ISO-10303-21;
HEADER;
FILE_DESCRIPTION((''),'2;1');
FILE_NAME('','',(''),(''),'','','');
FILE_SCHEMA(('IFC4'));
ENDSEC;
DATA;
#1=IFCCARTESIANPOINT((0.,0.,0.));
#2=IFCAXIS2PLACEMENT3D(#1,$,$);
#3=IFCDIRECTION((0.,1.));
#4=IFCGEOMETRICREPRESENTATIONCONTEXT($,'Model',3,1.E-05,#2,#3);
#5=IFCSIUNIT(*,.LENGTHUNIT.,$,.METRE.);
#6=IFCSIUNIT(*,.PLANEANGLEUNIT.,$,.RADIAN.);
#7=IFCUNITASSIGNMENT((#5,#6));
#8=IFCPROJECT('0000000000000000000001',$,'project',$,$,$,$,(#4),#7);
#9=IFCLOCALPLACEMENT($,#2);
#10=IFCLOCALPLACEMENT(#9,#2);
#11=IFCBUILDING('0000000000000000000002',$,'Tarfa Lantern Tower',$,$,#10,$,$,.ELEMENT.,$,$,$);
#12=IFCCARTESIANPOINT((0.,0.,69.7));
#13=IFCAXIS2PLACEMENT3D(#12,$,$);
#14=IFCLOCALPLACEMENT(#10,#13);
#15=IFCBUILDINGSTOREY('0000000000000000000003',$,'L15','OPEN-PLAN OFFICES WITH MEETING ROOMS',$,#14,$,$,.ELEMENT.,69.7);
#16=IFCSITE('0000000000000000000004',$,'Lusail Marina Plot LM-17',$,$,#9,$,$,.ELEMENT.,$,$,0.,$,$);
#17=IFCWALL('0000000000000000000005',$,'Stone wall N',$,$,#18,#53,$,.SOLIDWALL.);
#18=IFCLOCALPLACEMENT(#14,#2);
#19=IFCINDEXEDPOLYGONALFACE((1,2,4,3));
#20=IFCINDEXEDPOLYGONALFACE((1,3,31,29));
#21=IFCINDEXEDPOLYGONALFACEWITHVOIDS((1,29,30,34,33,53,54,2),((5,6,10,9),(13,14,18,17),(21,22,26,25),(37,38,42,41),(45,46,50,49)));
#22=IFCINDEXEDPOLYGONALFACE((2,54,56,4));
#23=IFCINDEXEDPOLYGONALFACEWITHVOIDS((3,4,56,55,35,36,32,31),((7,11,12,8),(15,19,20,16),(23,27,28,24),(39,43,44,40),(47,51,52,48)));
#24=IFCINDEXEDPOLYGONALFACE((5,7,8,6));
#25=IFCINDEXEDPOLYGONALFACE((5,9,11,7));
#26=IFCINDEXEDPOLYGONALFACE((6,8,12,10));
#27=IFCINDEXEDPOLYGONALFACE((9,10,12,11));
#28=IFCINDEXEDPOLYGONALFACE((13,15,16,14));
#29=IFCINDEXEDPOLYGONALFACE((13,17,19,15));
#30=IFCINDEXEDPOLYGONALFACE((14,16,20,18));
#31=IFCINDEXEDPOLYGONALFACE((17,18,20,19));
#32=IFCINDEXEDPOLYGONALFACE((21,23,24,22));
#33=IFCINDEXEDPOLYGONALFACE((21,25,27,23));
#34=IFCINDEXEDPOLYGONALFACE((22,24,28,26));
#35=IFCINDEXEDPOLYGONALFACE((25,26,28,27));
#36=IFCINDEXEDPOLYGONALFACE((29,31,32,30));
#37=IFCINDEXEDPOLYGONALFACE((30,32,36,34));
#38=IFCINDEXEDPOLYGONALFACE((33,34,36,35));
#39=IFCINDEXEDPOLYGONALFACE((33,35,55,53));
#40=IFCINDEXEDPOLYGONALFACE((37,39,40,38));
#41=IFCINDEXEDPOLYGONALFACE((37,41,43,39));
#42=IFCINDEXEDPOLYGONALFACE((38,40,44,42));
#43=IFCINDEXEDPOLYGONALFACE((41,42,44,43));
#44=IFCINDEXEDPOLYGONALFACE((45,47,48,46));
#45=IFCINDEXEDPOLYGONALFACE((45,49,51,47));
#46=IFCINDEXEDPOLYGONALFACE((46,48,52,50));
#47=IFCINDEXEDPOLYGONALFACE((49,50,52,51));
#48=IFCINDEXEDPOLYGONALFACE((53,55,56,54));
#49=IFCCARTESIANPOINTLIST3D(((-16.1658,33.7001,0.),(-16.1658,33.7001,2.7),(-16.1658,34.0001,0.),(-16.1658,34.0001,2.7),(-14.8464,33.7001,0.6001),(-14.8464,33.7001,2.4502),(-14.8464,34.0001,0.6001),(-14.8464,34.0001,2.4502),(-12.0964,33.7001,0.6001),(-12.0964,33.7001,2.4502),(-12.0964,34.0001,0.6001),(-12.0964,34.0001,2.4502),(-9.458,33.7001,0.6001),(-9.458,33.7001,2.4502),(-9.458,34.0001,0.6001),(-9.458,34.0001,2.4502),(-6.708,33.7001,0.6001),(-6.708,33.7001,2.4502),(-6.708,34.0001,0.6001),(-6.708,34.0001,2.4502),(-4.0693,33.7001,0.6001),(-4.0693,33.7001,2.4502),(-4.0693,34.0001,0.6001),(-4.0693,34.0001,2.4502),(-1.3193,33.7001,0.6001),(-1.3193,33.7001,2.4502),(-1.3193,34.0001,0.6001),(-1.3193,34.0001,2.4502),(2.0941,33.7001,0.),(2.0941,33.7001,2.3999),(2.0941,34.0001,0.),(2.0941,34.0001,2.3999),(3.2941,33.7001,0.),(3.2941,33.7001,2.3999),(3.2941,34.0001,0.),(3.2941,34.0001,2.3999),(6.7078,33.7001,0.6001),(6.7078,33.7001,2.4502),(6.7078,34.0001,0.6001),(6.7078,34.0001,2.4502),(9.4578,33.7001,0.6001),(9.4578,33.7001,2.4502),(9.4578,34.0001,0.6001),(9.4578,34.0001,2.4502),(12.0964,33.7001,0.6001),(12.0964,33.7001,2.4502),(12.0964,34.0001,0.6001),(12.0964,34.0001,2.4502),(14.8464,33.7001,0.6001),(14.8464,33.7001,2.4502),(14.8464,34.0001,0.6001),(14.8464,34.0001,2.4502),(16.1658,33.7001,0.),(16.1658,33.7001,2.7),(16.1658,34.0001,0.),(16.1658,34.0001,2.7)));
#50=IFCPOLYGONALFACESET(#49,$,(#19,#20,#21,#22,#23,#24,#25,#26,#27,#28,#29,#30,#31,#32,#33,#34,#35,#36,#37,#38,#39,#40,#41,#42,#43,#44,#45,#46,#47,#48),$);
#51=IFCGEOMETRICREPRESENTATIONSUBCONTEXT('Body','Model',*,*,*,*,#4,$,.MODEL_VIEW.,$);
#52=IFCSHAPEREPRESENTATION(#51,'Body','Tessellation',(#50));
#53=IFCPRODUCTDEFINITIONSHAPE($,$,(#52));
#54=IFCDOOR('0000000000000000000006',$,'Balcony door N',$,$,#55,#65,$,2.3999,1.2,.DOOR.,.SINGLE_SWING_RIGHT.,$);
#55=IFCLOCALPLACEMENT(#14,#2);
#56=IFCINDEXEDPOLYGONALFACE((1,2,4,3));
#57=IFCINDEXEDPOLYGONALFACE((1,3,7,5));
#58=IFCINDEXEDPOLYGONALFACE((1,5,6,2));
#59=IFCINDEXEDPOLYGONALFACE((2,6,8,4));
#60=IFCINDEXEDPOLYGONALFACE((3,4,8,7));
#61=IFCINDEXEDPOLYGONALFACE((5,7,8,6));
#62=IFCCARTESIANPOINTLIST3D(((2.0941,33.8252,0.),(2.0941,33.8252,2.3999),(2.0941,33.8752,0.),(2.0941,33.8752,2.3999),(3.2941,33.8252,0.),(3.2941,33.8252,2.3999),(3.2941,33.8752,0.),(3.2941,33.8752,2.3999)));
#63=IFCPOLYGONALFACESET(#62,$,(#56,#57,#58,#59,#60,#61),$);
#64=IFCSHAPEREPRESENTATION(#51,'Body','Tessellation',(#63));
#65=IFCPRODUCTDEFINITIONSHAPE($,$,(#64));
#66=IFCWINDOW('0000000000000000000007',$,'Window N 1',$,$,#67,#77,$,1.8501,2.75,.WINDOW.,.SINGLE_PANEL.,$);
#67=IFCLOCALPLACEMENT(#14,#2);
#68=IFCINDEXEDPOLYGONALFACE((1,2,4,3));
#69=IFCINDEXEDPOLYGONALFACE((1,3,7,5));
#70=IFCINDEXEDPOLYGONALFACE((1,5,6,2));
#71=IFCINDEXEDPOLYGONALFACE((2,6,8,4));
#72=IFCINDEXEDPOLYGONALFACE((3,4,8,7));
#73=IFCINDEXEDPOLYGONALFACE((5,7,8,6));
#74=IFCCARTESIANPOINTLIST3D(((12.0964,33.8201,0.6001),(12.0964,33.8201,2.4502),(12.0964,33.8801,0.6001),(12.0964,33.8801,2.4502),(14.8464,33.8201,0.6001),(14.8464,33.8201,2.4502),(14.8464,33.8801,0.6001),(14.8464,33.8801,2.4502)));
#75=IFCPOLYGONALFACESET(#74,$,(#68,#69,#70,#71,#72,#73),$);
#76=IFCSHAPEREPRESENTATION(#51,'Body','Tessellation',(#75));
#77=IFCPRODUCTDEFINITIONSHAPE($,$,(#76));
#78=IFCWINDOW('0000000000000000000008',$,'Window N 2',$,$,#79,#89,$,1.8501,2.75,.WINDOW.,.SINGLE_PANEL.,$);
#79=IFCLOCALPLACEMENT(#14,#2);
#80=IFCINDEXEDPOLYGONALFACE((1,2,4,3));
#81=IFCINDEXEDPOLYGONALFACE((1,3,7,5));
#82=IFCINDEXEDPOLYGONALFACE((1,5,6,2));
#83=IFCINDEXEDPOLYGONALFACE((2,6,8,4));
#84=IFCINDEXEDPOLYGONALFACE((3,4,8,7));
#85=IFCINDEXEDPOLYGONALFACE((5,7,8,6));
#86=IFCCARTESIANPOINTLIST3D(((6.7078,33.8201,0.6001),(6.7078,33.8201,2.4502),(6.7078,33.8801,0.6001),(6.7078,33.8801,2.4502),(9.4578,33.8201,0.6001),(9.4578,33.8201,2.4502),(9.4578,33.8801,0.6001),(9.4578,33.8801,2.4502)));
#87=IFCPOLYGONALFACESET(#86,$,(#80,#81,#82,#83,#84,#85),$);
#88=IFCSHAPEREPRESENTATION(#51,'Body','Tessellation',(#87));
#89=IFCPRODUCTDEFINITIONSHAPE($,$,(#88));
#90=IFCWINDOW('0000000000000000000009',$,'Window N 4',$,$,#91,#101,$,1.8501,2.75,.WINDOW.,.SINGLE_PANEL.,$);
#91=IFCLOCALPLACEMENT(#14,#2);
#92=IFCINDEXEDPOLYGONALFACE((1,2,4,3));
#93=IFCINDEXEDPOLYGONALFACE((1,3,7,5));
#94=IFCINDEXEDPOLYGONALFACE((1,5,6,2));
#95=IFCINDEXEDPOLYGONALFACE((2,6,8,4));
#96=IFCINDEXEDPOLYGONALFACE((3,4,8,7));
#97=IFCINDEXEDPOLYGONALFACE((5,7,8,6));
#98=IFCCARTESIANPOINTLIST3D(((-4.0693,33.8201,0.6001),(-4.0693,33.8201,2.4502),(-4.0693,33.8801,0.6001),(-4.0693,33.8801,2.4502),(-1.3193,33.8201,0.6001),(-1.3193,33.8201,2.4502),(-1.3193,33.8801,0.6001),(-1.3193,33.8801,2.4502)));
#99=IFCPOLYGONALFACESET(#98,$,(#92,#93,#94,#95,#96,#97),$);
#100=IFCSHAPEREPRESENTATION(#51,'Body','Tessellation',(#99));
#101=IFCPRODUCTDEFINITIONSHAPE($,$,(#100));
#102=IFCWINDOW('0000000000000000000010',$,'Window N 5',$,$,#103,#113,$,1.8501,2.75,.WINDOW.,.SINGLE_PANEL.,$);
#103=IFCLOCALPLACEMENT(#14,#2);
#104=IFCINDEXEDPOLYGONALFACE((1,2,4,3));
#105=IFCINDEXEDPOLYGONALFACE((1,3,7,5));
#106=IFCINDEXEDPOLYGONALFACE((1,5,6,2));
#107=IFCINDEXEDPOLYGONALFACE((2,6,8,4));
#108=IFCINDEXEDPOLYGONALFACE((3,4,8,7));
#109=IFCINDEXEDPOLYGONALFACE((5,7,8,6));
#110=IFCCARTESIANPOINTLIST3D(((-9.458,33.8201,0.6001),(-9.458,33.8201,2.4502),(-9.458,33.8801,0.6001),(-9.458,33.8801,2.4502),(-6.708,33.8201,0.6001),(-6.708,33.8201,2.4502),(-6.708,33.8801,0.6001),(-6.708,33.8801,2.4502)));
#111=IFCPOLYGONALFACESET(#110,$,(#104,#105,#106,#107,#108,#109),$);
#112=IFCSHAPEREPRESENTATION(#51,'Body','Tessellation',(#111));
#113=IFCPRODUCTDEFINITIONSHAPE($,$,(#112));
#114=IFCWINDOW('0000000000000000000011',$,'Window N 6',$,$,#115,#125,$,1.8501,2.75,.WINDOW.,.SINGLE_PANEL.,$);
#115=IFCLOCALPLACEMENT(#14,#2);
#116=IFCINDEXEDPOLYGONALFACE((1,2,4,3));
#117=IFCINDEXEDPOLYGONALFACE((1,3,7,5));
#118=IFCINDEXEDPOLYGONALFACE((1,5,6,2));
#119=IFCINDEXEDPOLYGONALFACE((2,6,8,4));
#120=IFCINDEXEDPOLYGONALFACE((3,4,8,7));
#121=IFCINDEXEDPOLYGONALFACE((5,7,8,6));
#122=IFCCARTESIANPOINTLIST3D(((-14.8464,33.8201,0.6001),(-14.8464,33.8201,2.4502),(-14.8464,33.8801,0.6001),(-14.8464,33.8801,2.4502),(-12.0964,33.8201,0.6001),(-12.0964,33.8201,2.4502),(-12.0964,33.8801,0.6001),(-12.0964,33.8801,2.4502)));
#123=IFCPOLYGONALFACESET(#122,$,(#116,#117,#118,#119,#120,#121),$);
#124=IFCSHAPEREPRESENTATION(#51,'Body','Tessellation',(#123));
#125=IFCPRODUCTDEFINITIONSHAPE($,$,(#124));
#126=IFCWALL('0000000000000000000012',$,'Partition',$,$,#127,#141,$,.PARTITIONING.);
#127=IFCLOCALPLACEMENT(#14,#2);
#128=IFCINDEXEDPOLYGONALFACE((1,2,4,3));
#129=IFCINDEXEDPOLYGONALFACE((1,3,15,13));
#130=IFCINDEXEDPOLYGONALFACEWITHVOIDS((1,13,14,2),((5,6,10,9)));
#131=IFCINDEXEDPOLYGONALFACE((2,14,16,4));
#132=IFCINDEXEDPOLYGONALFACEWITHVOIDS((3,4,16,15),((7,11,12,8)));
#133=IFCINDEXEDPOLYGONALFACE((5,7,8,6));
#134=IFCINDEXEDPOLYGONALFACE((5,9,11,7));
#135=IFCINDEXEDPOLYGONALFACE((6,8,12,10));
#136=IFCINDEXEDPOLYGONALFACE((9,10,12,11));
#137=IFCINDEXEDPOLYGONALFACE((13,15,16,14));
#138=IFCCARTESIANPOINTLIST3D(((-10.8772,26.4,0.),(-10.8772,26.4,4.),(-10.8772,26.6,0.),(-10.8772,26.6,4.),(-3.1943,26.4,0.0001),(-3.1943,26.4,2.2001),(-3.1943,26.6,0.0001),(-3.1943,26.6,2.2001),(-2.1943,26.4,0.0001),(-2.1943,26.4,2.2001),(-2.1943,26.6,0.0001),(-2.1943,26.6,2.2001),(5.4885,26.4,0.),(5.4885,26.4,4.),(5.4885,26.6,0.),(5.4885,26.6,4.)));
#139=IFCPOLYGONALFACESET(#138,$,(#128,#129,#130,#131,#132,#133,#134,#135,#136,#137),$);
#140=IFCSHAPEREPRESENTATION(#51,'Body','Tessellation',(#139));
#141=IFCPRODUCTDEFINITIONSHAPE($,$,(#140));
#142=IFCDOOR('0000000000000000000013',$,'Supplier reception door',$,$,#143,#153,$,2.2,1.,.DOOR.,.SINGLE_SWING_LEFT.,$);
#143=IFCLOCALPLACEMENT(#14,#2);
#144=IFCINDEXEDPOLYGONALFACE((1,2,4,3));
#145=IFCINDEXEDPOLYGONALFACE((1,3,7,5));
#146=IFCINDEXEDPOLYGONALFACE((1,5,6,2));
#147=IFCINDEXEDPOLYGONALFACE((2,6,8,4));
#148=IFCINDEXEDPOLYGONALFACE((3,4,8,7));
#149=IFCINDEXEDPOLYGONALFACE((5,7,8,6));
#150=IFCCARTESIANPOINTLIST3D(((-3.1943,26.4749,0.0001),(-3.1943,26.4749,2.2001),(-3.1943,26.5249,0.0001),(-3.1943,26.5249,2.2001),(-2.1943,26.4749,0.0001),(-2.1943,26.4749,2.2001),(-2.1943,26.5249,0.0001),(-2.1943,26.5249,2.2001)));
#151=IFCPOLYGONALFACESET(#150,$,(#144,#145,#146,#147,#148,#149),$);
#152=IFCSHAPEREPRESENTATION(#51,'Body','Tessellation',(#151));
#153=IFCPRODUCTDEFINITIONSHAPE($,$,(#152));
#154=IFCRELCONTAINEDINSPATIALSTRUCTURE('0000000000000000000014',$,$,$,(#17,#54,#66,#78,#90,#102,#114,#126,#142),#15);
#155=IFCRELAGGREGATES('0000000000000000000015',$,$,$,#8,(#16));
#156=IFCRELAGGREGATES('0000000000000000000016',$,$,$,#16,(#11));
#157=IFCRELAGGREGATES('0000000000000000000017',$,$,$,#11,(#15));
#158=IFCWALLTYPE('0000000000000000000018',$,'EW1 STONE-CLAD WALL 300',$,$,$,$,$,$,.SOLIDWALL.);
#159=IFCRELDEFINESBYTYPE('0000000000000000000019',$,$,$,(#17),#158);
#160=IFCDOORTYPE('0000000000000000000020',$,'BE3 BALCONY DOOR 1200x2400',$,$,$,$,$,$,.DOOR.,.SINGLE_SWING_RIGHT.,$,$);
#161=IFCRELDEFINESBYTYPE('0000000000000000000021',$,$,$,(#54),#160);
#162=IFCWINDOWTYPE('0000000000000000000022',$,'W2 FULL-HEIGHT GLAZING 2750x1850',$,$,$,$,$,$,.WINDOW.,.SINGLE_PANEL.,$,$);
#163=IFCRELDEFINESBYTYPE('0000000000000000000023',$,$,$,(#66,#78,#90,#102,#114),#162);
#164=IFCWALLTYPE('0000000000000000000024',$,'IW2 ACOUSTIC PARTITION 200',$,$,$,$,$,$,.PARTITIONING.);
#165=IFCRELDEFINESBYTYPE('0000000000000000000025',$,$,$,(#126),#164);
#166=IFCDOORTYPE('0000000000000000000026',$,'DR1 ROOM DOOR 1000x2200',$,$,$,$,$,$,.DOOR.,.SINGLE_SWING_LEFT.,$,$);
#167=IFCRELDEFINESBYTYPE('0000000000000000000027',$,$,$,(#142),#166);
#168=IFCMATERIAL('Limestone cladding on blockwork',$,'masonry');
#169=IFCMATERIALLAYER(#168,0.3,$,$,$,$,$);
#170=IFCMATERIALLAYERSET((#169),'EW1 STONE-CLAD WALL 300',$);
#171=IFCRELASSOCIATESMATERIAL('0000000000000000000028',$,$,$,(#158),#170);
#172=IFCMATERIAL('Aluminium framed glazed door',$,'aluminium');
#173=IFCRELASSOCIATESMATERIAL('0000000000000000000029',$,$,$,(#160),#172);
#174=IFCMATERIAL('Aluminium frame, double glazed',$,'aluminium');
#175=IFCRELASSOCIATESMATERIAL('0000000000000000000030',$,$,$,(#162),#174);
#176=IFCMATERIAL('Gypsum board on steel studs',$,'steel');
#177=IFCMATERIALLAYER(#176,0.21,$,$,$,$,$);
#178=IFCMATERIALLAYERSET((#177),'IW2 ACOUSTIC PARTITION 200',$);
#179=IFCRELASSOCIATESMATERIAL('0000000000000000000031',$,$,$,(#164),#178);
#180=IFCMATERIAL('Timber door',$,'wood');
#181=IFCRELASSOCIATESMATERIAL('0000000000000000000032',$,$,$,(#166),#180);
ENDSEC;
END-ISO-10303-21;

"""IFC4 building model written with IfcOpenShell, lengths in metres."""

from ifc_helpers import new_model, si_unit, direction, frame, frame_2d, origin, place, context, subcontext, project, spatial, rectangle, extrude, material, layer, layer_set, type_object, element, fill, save


model = new_model("IFC4")

# Units and contexts
model_context = context("Model", 3, precision=1e-05, world=origin(), true_north=direction((0.0, 1.0)))
body_context = subcontext(model_context, "Body", "Model", "MODEL_VIEW")
ifc_project = project(units=[si_unit("LENGTHUNIT", "METRE"), si_unit("PLANEANGLEUNIT", "RADIAN")], contexts=[model_context])

# Site, building, storey
site_placement = place(None, origin())
site = spatial("IfcSite", under=ifc_project, at=site_placement, Name="Lusail Marina Plot LM-17", CompositionType="ELEMENT", RefElevation=0.0)
building_placement = place(site_placement, origin())
building = spatial("IfcBuilding", under=site, at=building_placement, Name="Tarfa Lantern Tower", CompositionType="ELEMENT")
storey_placement = place(building_placement, frame((0.0, 0.0, 69.7)))
storey = spatial("IfcBuildingStorey", under=building, at=storey_placement, Name="L15", Description="OPEN-PLAN OFFICES WITH MEETING ROOMS", CompositionType="ELEMENT", Elevation=69.7)

# Wall, openings, door, windows
ifc_material_1 = material(Name="Limestone cladding on blockwork", Category="masonry")
ifc_layer_1 = layer(ifc_material_1, 0.3)
ifc_layer_set_1 = layer_set([ifc_layer_1], Name="EW1 STONE-CLAD WALL 300")
wall_type_1 = type_object("IfcWallType", Name="EW1 STONE-CLAD WALL 300", PredefinedType="SOLIDWALL", material=ifc_layer_set_1)
wall_1_placement = place(storey_placement, frame((16.1658, 33.8501, 0.0), z_axis=(0.0, 0.0, 1.0), x_axis=(-1.0, 0.0, 0.0)))
wall_1 = element("IfcWall", 1, at=wall_1_placement, inside=storey, type_object=wall_type_1, Name="Stone wall N", PredefinedType="SOLIDWALL", context=body_context, shape_type="SweptSolid", body=[
    extrude(rectangle(XDim=32.3315, YDim=0.3, at=frame_2d((16.1658, 0.0))), origin(), (0.0, 0.0, 1.0), 2.7),
])
opening_1_placement = place(wall_1_placement, frame((1.3193, 0.0, 0.6001)))
opening_1 = element("IfcOpeningElement", 2, at=opening_1_placement, cuts=wall_1, PredefinedType="OPENING", context=body_context, shape_type="SweptSolid", body=[
    extrude(rectangle(XDim=2.75, YDim=1.8501, at=frame_2d((1.375, 0.925))), frame((0.0, 0.1599, 0.0), z_axis=(0.0, -1.0, 0.0), x_axis=(1.0, 0.0, 0.0)), (0.0, 0.0, 1.0), 0.3201),
])
opening_2_placement = place(wall_1_placement, frame((6.708, 0.0, 0.6001)))
opening_2 = element("IfcOpeningElement", 3, at=opening_2_placement, cuts=wall_1, PredefinedType="OPENING", context=body_context, shape_type="SweptSolid", body=[
    extrude(rectangle(XDim=2.75, YDim=1.8501, at=frame_2d((1.375, 0.925))), frame((0.0, 0.1599, 0.0), z_axis=(0.0, -1.0, 0.0), x_axis=(1.0, 0.0, 0.0)), (0.0, 0.0, 1.0), 0.3201),
])
opening_3_placement = place(wall_1_placement, frame((12.8716, 0.0, 0.0)))
opening_3 = element("IfcOpeningElement", 4, at=opening_3_placement, cuts=wall_1, PredefinedType="OPENING", context=body_context, shape_type="SweptSolid", body=[
    extrude(rectangle(XDim=1.2, YDim=2.3999, at=frame_2d((0.6001, 1.2))), frame((0.0, 0.1599, 0.0), z_axis=(0.0, -1.0, 0.0), x_axis=(1.0, 0.0, 0.0)), (0.0, 0.0, 1.0), 0.3201),
])
opening_4_placement = place(wall_1_placement, frame((17.4851, 0.0, 0.6001)))
opening_4 = element("IfcOpeningElement", 5, at=opening_4_placement, cuts=wall_1, PredefinedType="OPENING", context=body_context, shape_type="SweptSolid", body=[
    extrude(rectangle(XDim=2.75, YDim=1.8501, at=frame_2d((1.375, 0.925))), frame((0.0, 0.1599, 0.0), z_axis=(0.0, -1.0, 0.0), x_axis=(1.0, 0.0, 0.0)), (0.0, 0.0, 1.0), 0.3201),
])
opening_5_placement = place(wall_1_placement, frame((22.8738, 0.0, 0.6001)))
opening_5 = element("IfcOpeningElement", 6, at=opening_5_placement, cuts=wall_1, PredefinedType="OPENING", context=body_context, shape_type="SweptSolid", body=[
    extrude(rectangle(XDim=2.75, YDim=1.8501, at=frame_2d((1.375, 0.925))), frame((0.0, 0.1599, 0.0), z_axis=(0.0, -1.0, 0.0), x_axis=(1.0, 0.0, 0.0)), (0.0, 0.0, 1.0), 0.3201),
])
opening_6_placement = place(wall_1_placement, frame((28.2622, 0.0, 0.6001)))
opening_6 = element("IfcOpeningElement", 7, at=opening_6_placement, cuts=wall_1, PredefinedType="OPENING", context=body_context, shape_type="SweptSolid", body=[
    extrude(rectangle(XDim=2.75, YDim=1.8501, at=frame_2d((1.375, 0.925))), frame((0.0, 0.1599, 0.0), z_axis=(0.0, -1.0, 0.0), x_axis=(1.0, 0.0, 0.0)), (0.0, 0.0, 1.0), 0.3201),
])
ifc_material_2 = material(Name="Aluminium framed glazed door", Category="aluminium")
door_type_1 = type_object("IfcDoorType", Name="BE3 BALCONY DOOR 1200x2400", OperationType="SINGLE_SWING_RIGHT", PredefinedType="DOOR", material=ifc_material_2)
door_1_placement = place(opening_3_placement, origin())
door_1 = element("IfcDoor", 8, at=door_1_placement, inside=storey, type_object=door_type_1, Name="Balcony door N", OperationType="SINGLE_SWING_RIGHT", OverallHeight=2.3999, OverallWidth=1.2, PredefinedType="DOOR", context=body_context, shape_type="SweptSolid", body=[
    extrude(rectangle(XDim=1.2, YDim=2.3999, at=frame_2d((0.6001, 1.2))), frame((0.0, 0.0249, 0.0), z_axis=(0.0, -1.0, 0.0), x_axis=(1.0, 0.0, 0.0)), (0.0, 0.0, 1.0), 0.05),
])
fill(opening_3, door_1)
ifc_material_3 = material(Name="Aluminium frame, double glazed", Category="aluminium")
window_type = type_object("IfcWindowType", Name="W2 FULL-HEIGHT GLAZING 2750x1850", PartitioningType="SINGLE_PANEL", PredefinedType="WINDOW", material=ifc_material_3)
window_1_placement = place(opening_1_placement, origin())
window_1 = element("IfcWindow", 9, at=window_1_placement, inside=storey, type_object=window_type, Name="Window N 1", OverallHeight=1.8501, OverallWidth=2.75, PartitioningType="SINGLE_PANEL", PredefinedType="WINDOW", context=body_context, shape_type="SweptSolid", body=[
    extrude(rectangle(XDim=2.75, YDim=1.8501, at=frame_2d((1.375, 0.925))), frame((0.0, 0.03, 0.0), z_axis=(0.0, -1.0, 0.0), x_axis=(1.0, 0.0, 0.0)), (0.0, 0.0, 1.0), 0.0601),
])
fill(opening_1, window_1)
window_2_placement = place(opening_2_placement, origin())
window_2 = element("IfcWindow", 10, at=window_2_placement, inside=storey, type_object=window_type, Name="Window N 2", OverallHeight=1.8501, OverallWidth=2.75, PartitioningType="SINGLE_PANEL", PredefinedType="WINDOW", context=body_context, shape_type="SweptSolid", body=[
    extrude(rectangle(XDim=2.75, YDim=1.8501, at=frame_2d((1.375, 0.925))), frame((0.0, 0.03, 0.0), z_axis=(0.0, -1.0, 0.0), x_axis=(1.0, 0.0, 0.0)), (0.0, 0.0, 1.0), 0.0601),
])
fill(opening_2, window_2)
window_3_placement = place(opening_4_placement, origin())
window_3 = element("IfcWindow", 11, at=window_3_placement, inside=storey, type_object=window_type, Name="Window N 4", OverallHeight=1.8501, OverallWidth=2.75, PartitioningType="SINGLE_PANEL", PredefinedType="WINDOW", context=body_context, shape_type="SweptSolid", body=[
    extrude(rectangle(XDim=2.75, YDim=1.8501, at=frame_2d((1.375, 0.925))), frame((0.0, 0.03, 0.0), z_axis=(0.0, -1.0, 0.0), x_axis=(1.0, 0.0, 0.0)), (0.0, 0.0, 1.0), 0.0601),
])
fill(opening_4, window_3)
window_4_placement = place(opening_5_placement, origin())
window_4 = element("IfcWindow", 12, at=window_4_placement, inside=storey, type_object=window_type, Name="Window N 5", OverallHeight=1.8501, OverallWidth=2.75, PartitioningType="SINGLE_PANEL", PredefinedType="WINDOW", context=body_context, shape_type="SweptSolid", body=[
    extrude(rectangle(XDim=2.75, YDim=1.8501, at=frame_2d((1.375, 0.925))), frame((0.0, 0.03, 0.0), z_axis=(0.0, -1.0, 0.0), x_axis=(1.0, 0.0, 0.0)), (0.0, 0.0, 1.0), 0.0601),
])
fill(opening_5, window_4)
window_5_placement = place(opening_6_placement, origin())
window_5 = element("IfcWindow", 13, at=window_5_placement, inside=storey, type_object=window_type, Name="Window N 6", OverallHeight=1.8501, OverallWidth=2.75, PartitioningType="SINGLE_PANEL", PredefinedType="WINDOW", context=body_context, shape_type="SweptSolid", body=[
    extrude(rectangle(XDim=2.75, YDim=1.8501, at=frame_2d((1.375, 0.925))), frame((0.0, 0.03, 0.0), z_axis=(0.0, -1.0, 0.0), x_axis=(1.0, 0.0, 0.0)), (0.0, 0.0, 1.0), 0.0601),
])
fill(opening_6, window_5)

# Wall, opening, door
ifc_material_4 = material(Name="Gypsum board on steel studs", Category="steel")
ifc_layer_2 = layer(ifc_material_4, 0.21)
ifc_layer_set_2 = layer_set([ifc_layer_2], Name="IW2 ACOUSTIC PARTITION 200")
wall_type_2 = type_object("IfcWallType", Name="IW2 ACOUSTIC PARTITION 200", PredefinedType="PARTITIONING", material=ifc_layer_set_2)
wall_2_placement = place(storey_placement, frame((5.4885, 26.5, 0.0), z_axis=(0.0, 0.0, 1.0), x_axis=(-1.0, 0.0, 0.0)))
wall_2 = element("IfcWall", 14, at=wall_2_placement, inside=storey, type_object=wall_type_2, Name="Partition", PredefinedType="PARTITIONING", context=body_context, shape_type="SweptSolid", body=[
    extrude(rectangle(XDim=16.3657, YDim=0.2, at=frame_2d((8.1829, 0.0))), origin(), (0.0, 0.0, 1.0), 4.0),
])
opening_7_placement = place(wall_2_placement, frame((7.6829, 0.0, 0.0)))
opening_7 = element("IfcOpeningElement", 15, at=opening_7_placement, cuts=wall_2, PredefinedType="OPENING", context=body_context, shape_type="SweptSolid", body=[
    extrude(rectangle(XDim=1.0, YDim=2.2, at=frame_2d((0.5, 1.1001))), frame((0.0, 0.1099, 0.0), z_axis=(0.0, -1.0, 0.0), x_axis=(1.0, 0.0, 0.0)), (0.0, 0.0, 1.0), 0.22),
])
ifc_material_5 = material(Name="Timber door", Category="wood")
door_type_2 = type_object("IfcDoorType", Name="DR1 ROOM DOOR 1000x2200", OperationType="SINGLE_SWING_LEFT", PredefinedType="DOOR", material=ifc_material_5)
door_2_placement = place(opening_7_placement, frame((1.0, 0.0, 0.0), z_axis=(0.0, 0.0, 1.0), x_axis=(-1.0, 0.0, 0.0)))
door_2 = element("IfcDoor", 16, at=door_2_placement, inside=storey, type_object=door_type_2, Name="Supplier reception door", OperationType="SINGLE_SWING_LEFT", OverallHeight=2.2, OverallWidth=1.0, PredefinedType="DOOR", context=body_context, shape_type="SweptSolid", body=[
    extrude(rectangle(XDim=1.0, YDim=2.2, at=frame_2d((0.5, 1.1001))), frame((0.0, 0.0249, 0.0), z_axis=(0.0, -1.0, 0.0), x_axis=(1.0, 0.0, 0.0)), (0.0, 0.0, 1.0), 0.05),
])
fill(opening_7, door_2)

save(model, "model.ifc")
